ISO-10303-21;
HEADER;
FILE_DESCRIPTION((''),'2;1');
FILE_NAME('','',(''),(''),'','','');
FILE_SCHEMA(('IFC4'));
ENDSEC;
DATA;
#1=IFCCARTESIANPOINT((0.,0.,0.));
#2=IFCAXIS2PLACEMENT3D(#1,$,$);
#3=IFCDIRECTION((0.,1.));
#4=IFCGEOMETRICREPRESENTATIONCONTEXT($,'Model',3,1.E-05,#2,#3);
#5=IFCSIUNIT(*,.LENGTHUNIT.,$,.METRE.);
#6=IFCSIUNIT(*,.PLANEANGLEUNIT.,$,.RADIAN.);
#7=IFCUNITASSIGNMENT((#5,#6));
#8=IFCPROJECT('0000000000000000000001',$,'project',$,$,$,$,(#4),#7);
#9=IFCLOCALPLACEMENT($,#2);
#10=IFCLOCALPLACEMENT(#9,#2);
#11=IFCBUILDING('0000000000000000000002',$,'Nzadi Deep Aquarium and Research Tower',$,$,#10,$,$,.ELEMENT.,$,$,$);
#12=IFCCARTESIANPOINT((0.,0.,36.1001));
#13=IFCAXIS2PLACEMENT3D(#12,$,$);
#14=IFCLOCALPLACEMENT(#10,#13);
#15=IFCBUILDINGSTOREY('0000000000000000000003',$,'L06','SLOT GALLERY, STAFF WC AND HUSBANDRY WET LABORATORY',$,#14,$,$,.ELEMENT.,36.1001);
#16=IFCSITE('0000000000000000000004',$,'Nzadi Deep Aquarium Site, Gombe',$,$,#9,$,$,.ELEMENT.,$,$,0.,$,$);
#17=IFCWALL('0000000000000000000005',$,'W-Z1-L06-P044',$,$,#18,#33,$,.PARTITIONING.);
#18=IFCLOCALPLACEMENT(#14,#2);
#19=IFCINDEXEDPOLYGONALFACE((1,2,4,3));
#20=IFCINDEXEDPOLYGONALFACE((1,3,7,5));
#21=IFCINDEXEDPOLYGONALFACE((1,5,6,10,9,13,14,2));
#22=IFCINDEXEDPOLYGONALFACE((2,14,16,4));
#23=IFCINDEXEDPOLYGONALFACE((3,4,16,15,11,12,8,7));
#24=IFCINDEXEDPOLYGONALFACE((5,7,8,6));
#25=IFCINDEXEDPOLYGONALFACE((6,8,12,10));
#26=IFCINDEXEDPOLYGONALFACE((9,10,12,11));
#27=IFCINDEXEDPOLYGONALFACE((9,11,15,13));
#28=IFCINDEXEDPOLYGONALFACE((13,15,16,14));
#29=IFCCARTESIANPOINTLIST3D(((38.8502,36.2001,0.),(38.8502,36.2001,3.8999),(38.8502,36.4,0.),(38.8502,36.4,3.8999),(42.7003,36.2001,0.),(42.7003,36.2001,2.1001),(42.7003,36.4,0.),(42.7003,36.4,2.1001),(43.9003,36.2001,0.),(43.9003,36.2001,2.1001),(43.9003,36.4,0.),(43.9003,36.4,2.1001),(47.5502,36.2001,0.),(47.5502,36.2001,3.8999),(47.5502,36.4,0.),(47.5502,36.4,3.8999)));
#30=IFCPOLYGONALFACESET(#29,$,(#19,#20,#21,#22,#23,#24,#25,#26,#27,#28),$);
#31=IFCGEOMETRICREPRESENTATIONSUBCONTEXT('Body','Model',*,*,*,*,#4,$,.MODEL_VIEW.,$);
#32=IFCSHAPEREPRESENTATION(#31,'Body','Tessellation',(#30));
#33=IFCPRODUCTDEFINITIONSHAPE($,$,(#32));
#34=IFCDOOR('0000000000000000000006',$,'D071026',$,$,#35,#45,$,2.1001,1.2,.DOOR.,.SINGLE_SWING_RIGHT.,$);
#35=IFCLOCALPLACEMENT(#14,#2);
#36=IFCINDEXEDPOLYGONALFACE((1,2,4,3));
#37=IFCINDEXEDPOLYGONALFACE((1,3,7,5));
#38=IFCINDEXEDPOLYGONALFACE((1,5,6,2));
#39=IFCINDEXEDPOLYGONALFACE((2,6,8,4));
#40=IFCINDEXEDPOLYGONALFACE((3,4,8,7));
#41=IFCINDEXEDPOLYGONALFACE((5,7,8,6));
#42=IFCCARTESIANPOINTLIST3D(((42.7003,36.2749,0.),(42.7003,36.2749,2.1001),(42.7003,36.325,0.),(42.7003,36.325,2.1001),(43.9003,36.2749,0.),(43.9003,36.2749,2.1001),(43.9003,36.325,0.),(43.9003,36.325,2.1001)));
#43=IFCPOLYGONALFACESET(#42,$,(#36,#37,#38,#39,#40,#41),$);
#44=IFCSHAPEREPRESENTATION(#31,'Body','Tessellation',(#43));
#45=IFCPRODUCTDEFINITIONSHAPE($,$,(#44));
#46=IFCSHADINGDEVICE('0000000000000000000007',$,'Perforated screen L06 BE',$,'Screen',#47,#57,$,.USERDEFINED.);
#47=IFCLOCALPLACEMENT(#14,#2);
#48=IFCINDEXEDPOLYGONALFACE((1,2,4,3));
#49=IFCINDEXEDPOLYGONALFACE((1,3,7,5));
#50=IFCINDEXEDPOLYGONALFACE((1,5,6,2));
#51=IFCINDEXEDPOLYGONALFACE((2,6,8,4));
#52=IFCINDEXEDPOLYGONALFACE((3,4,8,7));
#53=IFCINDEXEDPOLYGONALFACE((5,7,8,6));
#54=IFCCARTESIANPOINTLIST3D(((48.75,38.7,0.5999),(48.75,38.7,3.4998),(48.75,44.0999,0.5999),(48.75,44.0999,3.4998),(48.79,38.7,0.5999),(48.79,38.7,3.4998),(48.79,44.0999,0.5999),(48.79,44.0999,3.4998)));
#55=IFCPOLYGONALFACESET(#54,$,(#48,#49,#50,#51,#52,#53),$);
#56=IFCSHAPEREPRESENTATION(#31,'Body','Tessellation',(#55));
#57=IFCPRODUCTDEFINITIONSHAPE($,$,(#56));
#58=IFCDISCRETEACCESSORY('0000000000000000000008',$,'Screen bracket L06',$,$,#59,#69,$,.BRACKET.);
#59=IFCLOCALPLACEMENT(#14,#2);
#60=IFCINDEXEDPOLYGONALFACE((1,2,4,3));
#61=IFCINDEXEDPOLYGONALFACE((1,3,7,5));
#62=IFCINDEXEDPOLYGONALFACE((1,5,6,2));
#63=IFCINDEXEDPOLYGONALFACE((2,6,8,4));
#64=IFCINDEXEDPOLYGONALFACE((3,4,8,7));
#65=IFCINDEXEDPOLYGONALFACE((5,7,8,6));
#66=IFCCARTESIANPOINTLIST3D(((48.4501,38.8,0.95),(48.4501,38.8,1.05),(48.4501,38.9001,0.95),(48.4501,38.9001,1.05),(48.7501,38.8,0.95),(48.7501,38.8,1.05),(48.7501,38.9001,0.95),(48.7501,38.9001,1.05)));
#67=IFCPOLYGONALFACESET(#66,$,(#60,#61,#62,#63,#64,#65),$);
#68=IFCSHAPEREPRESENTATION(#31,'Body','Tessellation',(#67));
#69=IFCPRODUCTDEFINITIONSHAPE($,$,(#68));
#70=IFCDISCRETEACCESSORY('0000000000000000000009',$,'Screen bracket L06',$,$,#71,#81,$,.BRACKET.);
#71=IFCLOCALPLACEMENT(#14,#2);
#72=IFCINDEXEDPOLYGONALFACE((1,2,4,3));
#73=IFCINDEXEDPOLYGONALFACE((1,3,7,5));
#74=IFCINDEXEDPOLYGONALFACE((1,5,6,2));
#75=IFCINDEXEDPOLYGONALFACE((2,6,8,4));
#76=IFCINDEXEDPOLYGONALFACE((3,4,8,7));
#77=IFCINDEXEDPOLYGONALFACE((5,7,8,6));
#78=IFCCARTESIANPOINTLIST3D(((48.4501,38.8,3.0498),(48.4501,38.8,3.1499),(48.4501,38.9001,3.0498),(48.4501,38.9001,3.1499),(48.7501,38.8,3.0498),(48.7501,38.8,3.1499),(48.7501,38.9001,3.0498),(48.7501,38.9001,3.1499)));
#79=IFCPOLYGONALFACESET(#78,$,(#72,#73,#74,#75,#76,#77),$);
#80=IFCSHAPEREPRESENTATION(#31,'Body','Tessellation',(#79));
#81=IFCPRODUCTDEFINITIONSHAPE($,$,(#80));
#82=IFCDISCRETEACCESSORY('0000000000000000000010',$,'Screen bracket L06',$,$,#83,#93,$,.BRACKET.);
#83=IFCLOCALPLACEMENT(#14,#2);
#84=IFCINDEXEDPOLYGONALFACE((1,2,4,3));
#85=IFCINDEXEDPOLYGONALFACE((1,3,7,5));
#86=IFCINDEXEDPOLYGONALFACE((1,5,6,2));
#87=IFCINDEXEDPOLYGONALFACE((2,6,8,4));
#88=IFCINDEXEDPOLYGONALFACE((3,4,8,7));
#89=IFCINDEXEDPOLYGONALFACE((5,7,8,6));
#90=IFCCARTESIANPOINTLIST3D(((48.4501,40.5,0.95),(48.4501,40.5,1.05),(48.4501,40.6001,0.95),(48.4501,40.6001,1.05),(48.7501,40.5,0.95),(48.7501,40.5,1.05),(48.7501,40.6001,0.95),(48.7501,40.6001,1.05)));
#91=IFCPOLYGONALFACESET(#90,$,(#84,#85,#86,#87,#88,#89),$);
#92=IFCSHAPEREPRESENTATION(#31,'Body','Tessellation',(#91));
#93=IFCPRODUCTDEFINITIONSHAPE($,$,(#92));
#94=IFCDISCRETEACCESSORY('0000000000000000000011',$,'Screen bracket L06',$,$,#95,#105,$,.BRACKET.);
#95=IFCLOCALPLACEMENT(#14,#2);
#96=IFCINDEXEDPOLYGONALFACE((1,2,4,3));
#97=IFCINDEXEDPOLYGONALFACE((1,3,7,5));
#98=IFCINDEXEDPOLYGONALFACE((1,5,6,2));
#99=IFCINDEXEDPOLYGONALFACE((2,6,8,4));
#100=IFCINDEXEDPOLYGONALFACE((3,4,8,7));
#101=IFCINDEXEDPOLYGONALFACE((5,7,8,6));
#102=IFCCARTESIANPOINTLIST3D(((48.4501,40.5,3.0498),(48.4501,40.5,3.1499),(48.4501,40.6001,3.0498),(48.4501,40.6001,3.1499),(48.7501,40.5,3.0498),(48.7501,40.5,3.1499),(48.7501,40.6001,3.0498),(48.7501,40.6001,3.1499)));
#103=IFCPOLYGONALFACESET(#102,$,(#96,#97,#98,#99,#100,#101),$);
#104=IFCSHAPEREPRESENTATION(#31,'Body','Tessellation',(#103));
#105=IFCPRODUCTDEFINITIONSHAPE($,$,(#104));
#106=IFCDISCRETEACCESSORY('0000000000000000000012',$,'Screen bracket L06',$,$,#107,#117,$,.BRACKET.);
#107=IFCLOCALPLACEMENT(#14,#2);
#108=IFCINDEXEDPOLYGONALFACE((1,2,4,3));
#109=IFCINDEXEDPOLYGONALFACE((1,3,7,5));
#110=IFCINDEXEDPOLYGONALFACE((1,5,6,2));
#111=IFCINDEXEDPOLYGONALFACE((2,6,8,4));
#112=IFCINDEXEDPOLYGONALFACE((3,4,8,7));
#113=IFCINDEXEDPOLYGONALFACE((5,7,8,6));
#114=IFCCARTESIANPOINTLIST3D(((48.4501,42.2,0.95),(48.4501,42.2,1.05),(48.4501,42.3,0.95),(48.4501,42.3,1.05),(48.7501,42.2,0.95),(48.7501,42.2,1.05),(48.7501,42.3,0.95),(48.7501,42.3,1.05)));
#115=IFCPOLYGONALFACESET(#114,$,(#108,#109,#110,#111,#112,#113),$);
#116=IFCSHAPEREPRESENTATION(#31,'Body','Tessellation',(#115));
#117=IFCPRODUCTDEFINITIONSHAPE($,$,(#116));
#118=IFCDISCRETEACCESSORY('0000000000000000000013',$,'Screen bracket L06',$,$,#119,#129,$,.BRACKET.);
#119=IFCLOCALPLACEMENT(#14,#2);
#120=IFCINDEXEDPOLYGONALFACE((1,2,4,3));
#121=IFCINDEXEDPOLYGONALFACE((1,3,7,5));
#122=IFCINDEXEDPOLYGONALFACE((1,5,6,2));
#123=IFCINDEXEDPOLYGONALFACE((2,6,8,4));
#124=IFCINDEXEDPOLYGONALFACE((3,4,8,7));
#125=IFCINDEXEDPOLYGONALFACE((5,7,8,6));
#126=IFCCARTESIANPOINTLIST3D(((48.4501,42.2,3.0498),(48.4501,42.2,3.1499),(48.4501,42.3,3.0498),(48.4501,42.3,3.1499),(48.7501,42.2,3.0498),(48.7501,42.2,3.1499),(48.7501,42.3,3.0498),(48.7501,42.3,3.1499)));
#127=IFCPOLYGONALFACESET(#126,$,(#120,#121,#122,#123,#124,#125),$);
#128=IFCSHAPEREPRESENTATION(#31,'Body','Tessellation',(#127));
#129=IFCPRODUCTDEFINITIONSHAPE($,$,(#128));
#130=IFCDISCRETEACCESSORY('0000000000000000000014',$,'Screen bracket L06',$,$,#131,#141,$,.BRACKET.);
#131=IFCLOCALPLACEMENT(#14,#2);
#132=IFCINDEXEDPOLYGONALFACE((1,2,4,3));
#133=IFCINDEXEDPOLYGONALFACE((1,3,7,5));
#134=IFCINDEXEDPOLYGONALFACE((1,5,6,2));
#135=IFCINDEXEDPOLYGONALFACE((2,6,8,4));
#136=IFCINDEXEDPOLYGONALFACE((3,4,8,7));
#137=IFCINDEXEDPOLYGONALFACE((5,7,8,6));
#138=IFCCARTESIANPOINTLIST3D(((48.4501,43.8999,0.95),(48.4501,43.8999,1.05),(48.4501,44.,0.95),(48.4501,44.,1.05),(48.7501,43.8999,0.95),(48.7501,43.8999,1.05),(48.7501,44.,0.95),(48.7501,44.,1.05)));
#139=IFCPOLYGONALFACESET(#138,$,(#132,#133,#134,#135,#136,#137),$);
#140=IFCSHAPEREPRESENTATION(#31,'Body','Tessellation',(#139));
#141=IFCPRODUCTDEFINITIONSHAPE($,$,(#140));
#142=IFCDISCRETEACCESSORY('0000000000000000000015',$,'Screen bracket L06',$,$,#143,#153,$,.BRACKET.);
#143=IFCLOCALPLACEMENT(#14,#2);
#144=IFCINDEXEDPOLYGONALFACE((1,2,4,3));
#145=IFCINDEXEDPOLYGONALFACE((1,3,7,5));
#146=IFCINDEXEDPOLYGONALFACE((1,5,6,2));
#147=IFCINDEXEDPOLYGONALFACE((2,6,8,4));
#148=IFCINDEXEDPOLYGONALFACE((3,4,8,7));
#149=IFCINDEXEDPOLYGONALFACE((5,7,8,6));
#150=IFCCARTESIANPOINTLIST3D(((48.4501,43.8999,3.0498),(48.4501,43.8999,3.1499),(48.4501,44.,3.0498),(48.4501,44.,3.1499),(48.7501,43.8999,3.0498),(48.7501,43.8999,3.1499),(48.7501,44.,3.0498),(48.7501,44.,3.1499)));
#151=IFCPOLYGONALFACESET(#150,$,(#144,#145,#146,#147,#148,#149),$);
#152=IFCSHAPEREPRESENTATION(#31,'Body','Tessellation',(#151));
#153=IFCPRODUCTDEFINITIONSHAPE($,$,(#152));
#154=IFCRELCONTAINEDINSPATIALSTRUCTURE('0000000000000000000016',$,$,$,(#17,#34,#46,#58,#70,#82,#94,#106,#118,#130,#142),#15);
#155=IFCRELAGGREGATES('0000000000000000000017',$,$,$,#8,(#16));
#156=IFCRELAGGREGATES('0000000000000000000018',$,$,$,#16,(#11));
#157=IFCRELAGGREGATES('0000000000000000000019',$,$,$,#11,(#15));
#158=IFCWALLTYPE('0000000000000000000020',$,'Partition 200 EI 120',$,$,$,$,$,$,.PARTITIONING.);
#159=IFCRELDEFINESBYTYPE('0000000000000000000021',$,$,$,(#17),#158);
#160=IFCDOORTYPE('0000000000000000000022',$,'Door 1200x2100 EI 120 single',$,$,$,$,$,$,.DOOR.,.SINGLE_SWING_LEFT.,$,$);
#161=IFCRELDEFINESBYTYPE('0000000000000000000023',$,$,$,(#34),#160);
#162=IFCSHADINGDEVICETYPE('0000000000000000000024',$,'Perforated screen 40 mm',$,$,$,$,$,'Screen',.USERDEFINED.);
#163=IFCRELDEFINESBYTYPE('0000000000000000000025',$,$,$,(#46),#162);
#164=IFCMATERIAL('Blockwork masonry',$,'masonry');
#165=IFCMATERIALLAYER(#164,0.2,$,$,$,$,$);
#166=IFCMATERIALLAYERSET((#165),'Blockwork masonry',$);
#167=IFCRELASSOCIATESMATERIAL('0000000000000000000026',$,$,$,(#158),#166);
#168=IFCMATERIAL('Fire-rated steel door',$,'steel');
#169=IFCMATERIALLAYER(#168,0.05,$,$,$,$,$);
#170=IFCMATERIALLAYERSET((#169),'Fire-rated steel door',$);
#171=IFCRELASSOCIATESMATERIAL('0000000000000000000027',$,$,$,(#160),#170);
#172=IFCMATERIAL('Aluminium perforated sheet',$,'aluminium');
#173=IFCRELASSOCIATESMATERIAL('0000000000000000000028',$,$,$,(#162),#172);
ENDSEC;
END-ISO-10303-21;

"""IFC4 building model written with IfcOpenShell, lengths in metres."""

from ifc_helpers import new_model, si_unit, direction, frame, frame_2d, origin, origin_2d, place, context, subcontext, project, spatial, rectangle, extrude, material, layer, layer_set, type_object, element, fill, save


model = new_model("IFC4")

# Units and contexts
model_context = context("Model", 3, precision=1e-05, world=origin(), true_north=direction((0.0, 1.0)))
body_context = subcontext(model_context, "Body", "Model", "MODEL_VIEW")
ifc_project = project(units=[si_unit("LENGTHUNIT", "METRE"), si_unit("PLANEANGLEUNIT", "RADIAN")], contexts=[model_context])

# Site, building, storey
site_placement = place(None, origin())
site = spatial("IfcSite", under=ifc_project, at=site_placement, Name="Nzadi Deep Aquarium Site, Gombe", CompositionType="ELEMENT", RefElevation=0.0)
building_placement = place(site_placement, origin())
building = spatial("IfcBuilding", under=site, at=building_placement, Name="Nzadi Deep Aquarium and Research Tower", CompositionType="ELEMENT")
storey_placement = place(building_placement, frame((0.0, 0.0, 36.1001)))
storey = spatial("IfcBuildingStorey", under=building, at=storey_placement, Name="L06", Description="SLOT GALLERY, STAFF WC AND HUSBANDRY WET LABORATORY", CompositionType="ELEMENT", Elevation=36.1001)

# Shared definitions
ifc_material_1 = material(Name="Blockwork masonry", Category="masonry")
ifc_layer_1 = layer(ifc_material_1, 0.2)
ifc_layer_set_1 = layer_set([ifc_layer_1], Name="Blockwork masonry")
wall_type_1 = type_object("IfcWallType", Name="Partition 200 EI 120", PredefinedType="PARTITIONING", material=ifc_layer_set_1)

# Wall, opening, door
wall_1_placement = place(storey_placement, frame((38.8501, 36.3, 0.0), z_axis=(0.0, 0.0, 1.0), x_axis=(1.0, 0.0, 0.0)))
wall_1 = element("IfcWall", 1, at=wall_1_placement, inside=storey, type_object=wall_type_1, Name="W-Z1-L06-P044", PredefinedType="PARTITIONING", context=body_context, shape_type="SweptSolid", body=[
    extrude(rectangle(XDim=8.7, YDim=0.2, at=frame_2d((4.3501, 0.0))), origin(), (0.0, 0.0, 1.0), 3.8999),
])
opening_1_placement = place(wall_1_placement, frame((3.8501, 0.0, 0.0)))
opening_1 = element("IfcOpeningElement", 2, at=opening_1_placement, cuts=wall_1, PredefinedType="OPENING", context=body_context, shape_type="SweptSolid", body=[
    extrude(rectangle(XDim=1.2, YDim=2.1001, at=frame_2d((0.6001, 1.05))), frame((0.0, 0.1101, 0.0), z_axis=(0.0, -1.0, 0.0), x_axis=(1.0, 0.0, 0.0)), (0.0, 0.0, 1.0), 0.2202),
])
ifc_material_2 = material(Name="Fire-rated steel door", Category="steel")
ifc_layer_2 = layer(ifc_material_2, 0.05)
ifc_layer_set_2 = layer_set([ifc_layer_2], Name="Fire-rated steel door")
door_type = type_object("IfcDoorType", Name="Door 1200x2100 EI 120 single", OperationType="SINGLE_SWING_LEFT", PredefinedType="DOOR", material=ifc_layer_set_2)
door_placement = place(opening_1_placement, origin())
door = element("IfcDoor", 3, at=door_placement, inside=storey, type_object=door_type, Name="D071026", OperationType="SINGLE_SWING_RIGHT", OverallHeight=2.1001, OverallWidth=1.2, PredefinedType="DOOR", context=body_context, shape_type="SweptSolid", body=[
    extrude(rectangle(XDim=1.2, YDim=2.1001, at=frame_2d((0.6001, 1.05))), frame((0.0, 0.0249, 0.0), z_axis=(0.0, -1.0, 0.0), x_axis=(1.0, 0.0, 0.0)), (0.0, 0.0, 1.0), 0.05),
])
fill(opening_1, door)

# Shading device
ifc_material_3 = material(Name="Aluminium perforated sheet", Category="aluminium")
shading_device_type = type_object("IfcShadingDeviceType", Name="Perforated screen 40 mm", ElementType="Screen", PredefinedType="USERDEFINED", material=ifc_material_3)
shading_device_placement = place(storey_placement, frame((48.77, 41.3999, 0.5999), z_axis=(0.0, 0.0, 1.0), x_axis=(1.0, 0.0, 0.0)))
element("IfcShadingDevice", 4, at=shading_device_placement, inside=storey, type_object=shading_device_type, Name="Perforated screen L06 BE", ObjectType="Screen", PredefinedType="USERDEFINED", context=body_context, shape_type="SweptSolid", body=[
    extrude(rectangle(XDim=0.04, YDim=5.3999, at=origin_2d()), origin(), (0.0, 0.0, 1.0), 2.8999),
])

# Discrete accessories
for number, where, z_axis, x_axis, name in (
    (5, (48.6001, 38.8501, 0.95), (0.0, 0.0, 1.0), (1.0, 0.0, 0.0), "Screen bracket L06"),
    (6, (48.6001, 38.8501, 3.0498), (0.0, 0.0, 1.0), (1.0, 0.0, 0.0), "Screen bracket L06"),
    (7, (48.6001, 40.55, 0.95), (0.0, 0.0, 1.0), (1.0, 0.0, 0.0), "Screen bracket L06"),
    (8, (48.6001, 40.55, 3.0498), (0.0, 0.0, 1.0), (1.0, 0.0, 0.0), "Screen bracket L06"),
    (9, (48.6001, 42.25, 0.95), (0.0, 0.0, 1.0), (1.0, 0.0, 0.0), "Screen bracket L06"),
    (10, (48.6001, 42.25, 3.0498), (0.0, 0.0, 1.0), (1.0, 0.0, 0.0), "Screen bracket L06"),
    (11, (48.6001, 43.95, 0.95), (0.0, 0.0, 1.0), (1.0, 0.0, 0.0), "Screen bracket L06"),
    (12, (48.6001, 43.95, 3.0498), (0.0, 0.0, 1.0), (1.0, 0.0, 0.0), "Screen bracket L06"),
):
    element("IfcDiscreteAccessory", number, at=place(storey_placement, frame(where, z_axis=z_axis, x_axis=x_axis)), inside=storey, Name=name, PredefinedType="BRACKET", context=body_context, shape_type="SweptSolid", body=[
        extrude(rectangle(XDim=0.3, YDim=0.1001, at=origin_2d()), origin(), (0.0, 0.0, 1.0), 0.1001),
    ])

save(model, "model.ifc")
